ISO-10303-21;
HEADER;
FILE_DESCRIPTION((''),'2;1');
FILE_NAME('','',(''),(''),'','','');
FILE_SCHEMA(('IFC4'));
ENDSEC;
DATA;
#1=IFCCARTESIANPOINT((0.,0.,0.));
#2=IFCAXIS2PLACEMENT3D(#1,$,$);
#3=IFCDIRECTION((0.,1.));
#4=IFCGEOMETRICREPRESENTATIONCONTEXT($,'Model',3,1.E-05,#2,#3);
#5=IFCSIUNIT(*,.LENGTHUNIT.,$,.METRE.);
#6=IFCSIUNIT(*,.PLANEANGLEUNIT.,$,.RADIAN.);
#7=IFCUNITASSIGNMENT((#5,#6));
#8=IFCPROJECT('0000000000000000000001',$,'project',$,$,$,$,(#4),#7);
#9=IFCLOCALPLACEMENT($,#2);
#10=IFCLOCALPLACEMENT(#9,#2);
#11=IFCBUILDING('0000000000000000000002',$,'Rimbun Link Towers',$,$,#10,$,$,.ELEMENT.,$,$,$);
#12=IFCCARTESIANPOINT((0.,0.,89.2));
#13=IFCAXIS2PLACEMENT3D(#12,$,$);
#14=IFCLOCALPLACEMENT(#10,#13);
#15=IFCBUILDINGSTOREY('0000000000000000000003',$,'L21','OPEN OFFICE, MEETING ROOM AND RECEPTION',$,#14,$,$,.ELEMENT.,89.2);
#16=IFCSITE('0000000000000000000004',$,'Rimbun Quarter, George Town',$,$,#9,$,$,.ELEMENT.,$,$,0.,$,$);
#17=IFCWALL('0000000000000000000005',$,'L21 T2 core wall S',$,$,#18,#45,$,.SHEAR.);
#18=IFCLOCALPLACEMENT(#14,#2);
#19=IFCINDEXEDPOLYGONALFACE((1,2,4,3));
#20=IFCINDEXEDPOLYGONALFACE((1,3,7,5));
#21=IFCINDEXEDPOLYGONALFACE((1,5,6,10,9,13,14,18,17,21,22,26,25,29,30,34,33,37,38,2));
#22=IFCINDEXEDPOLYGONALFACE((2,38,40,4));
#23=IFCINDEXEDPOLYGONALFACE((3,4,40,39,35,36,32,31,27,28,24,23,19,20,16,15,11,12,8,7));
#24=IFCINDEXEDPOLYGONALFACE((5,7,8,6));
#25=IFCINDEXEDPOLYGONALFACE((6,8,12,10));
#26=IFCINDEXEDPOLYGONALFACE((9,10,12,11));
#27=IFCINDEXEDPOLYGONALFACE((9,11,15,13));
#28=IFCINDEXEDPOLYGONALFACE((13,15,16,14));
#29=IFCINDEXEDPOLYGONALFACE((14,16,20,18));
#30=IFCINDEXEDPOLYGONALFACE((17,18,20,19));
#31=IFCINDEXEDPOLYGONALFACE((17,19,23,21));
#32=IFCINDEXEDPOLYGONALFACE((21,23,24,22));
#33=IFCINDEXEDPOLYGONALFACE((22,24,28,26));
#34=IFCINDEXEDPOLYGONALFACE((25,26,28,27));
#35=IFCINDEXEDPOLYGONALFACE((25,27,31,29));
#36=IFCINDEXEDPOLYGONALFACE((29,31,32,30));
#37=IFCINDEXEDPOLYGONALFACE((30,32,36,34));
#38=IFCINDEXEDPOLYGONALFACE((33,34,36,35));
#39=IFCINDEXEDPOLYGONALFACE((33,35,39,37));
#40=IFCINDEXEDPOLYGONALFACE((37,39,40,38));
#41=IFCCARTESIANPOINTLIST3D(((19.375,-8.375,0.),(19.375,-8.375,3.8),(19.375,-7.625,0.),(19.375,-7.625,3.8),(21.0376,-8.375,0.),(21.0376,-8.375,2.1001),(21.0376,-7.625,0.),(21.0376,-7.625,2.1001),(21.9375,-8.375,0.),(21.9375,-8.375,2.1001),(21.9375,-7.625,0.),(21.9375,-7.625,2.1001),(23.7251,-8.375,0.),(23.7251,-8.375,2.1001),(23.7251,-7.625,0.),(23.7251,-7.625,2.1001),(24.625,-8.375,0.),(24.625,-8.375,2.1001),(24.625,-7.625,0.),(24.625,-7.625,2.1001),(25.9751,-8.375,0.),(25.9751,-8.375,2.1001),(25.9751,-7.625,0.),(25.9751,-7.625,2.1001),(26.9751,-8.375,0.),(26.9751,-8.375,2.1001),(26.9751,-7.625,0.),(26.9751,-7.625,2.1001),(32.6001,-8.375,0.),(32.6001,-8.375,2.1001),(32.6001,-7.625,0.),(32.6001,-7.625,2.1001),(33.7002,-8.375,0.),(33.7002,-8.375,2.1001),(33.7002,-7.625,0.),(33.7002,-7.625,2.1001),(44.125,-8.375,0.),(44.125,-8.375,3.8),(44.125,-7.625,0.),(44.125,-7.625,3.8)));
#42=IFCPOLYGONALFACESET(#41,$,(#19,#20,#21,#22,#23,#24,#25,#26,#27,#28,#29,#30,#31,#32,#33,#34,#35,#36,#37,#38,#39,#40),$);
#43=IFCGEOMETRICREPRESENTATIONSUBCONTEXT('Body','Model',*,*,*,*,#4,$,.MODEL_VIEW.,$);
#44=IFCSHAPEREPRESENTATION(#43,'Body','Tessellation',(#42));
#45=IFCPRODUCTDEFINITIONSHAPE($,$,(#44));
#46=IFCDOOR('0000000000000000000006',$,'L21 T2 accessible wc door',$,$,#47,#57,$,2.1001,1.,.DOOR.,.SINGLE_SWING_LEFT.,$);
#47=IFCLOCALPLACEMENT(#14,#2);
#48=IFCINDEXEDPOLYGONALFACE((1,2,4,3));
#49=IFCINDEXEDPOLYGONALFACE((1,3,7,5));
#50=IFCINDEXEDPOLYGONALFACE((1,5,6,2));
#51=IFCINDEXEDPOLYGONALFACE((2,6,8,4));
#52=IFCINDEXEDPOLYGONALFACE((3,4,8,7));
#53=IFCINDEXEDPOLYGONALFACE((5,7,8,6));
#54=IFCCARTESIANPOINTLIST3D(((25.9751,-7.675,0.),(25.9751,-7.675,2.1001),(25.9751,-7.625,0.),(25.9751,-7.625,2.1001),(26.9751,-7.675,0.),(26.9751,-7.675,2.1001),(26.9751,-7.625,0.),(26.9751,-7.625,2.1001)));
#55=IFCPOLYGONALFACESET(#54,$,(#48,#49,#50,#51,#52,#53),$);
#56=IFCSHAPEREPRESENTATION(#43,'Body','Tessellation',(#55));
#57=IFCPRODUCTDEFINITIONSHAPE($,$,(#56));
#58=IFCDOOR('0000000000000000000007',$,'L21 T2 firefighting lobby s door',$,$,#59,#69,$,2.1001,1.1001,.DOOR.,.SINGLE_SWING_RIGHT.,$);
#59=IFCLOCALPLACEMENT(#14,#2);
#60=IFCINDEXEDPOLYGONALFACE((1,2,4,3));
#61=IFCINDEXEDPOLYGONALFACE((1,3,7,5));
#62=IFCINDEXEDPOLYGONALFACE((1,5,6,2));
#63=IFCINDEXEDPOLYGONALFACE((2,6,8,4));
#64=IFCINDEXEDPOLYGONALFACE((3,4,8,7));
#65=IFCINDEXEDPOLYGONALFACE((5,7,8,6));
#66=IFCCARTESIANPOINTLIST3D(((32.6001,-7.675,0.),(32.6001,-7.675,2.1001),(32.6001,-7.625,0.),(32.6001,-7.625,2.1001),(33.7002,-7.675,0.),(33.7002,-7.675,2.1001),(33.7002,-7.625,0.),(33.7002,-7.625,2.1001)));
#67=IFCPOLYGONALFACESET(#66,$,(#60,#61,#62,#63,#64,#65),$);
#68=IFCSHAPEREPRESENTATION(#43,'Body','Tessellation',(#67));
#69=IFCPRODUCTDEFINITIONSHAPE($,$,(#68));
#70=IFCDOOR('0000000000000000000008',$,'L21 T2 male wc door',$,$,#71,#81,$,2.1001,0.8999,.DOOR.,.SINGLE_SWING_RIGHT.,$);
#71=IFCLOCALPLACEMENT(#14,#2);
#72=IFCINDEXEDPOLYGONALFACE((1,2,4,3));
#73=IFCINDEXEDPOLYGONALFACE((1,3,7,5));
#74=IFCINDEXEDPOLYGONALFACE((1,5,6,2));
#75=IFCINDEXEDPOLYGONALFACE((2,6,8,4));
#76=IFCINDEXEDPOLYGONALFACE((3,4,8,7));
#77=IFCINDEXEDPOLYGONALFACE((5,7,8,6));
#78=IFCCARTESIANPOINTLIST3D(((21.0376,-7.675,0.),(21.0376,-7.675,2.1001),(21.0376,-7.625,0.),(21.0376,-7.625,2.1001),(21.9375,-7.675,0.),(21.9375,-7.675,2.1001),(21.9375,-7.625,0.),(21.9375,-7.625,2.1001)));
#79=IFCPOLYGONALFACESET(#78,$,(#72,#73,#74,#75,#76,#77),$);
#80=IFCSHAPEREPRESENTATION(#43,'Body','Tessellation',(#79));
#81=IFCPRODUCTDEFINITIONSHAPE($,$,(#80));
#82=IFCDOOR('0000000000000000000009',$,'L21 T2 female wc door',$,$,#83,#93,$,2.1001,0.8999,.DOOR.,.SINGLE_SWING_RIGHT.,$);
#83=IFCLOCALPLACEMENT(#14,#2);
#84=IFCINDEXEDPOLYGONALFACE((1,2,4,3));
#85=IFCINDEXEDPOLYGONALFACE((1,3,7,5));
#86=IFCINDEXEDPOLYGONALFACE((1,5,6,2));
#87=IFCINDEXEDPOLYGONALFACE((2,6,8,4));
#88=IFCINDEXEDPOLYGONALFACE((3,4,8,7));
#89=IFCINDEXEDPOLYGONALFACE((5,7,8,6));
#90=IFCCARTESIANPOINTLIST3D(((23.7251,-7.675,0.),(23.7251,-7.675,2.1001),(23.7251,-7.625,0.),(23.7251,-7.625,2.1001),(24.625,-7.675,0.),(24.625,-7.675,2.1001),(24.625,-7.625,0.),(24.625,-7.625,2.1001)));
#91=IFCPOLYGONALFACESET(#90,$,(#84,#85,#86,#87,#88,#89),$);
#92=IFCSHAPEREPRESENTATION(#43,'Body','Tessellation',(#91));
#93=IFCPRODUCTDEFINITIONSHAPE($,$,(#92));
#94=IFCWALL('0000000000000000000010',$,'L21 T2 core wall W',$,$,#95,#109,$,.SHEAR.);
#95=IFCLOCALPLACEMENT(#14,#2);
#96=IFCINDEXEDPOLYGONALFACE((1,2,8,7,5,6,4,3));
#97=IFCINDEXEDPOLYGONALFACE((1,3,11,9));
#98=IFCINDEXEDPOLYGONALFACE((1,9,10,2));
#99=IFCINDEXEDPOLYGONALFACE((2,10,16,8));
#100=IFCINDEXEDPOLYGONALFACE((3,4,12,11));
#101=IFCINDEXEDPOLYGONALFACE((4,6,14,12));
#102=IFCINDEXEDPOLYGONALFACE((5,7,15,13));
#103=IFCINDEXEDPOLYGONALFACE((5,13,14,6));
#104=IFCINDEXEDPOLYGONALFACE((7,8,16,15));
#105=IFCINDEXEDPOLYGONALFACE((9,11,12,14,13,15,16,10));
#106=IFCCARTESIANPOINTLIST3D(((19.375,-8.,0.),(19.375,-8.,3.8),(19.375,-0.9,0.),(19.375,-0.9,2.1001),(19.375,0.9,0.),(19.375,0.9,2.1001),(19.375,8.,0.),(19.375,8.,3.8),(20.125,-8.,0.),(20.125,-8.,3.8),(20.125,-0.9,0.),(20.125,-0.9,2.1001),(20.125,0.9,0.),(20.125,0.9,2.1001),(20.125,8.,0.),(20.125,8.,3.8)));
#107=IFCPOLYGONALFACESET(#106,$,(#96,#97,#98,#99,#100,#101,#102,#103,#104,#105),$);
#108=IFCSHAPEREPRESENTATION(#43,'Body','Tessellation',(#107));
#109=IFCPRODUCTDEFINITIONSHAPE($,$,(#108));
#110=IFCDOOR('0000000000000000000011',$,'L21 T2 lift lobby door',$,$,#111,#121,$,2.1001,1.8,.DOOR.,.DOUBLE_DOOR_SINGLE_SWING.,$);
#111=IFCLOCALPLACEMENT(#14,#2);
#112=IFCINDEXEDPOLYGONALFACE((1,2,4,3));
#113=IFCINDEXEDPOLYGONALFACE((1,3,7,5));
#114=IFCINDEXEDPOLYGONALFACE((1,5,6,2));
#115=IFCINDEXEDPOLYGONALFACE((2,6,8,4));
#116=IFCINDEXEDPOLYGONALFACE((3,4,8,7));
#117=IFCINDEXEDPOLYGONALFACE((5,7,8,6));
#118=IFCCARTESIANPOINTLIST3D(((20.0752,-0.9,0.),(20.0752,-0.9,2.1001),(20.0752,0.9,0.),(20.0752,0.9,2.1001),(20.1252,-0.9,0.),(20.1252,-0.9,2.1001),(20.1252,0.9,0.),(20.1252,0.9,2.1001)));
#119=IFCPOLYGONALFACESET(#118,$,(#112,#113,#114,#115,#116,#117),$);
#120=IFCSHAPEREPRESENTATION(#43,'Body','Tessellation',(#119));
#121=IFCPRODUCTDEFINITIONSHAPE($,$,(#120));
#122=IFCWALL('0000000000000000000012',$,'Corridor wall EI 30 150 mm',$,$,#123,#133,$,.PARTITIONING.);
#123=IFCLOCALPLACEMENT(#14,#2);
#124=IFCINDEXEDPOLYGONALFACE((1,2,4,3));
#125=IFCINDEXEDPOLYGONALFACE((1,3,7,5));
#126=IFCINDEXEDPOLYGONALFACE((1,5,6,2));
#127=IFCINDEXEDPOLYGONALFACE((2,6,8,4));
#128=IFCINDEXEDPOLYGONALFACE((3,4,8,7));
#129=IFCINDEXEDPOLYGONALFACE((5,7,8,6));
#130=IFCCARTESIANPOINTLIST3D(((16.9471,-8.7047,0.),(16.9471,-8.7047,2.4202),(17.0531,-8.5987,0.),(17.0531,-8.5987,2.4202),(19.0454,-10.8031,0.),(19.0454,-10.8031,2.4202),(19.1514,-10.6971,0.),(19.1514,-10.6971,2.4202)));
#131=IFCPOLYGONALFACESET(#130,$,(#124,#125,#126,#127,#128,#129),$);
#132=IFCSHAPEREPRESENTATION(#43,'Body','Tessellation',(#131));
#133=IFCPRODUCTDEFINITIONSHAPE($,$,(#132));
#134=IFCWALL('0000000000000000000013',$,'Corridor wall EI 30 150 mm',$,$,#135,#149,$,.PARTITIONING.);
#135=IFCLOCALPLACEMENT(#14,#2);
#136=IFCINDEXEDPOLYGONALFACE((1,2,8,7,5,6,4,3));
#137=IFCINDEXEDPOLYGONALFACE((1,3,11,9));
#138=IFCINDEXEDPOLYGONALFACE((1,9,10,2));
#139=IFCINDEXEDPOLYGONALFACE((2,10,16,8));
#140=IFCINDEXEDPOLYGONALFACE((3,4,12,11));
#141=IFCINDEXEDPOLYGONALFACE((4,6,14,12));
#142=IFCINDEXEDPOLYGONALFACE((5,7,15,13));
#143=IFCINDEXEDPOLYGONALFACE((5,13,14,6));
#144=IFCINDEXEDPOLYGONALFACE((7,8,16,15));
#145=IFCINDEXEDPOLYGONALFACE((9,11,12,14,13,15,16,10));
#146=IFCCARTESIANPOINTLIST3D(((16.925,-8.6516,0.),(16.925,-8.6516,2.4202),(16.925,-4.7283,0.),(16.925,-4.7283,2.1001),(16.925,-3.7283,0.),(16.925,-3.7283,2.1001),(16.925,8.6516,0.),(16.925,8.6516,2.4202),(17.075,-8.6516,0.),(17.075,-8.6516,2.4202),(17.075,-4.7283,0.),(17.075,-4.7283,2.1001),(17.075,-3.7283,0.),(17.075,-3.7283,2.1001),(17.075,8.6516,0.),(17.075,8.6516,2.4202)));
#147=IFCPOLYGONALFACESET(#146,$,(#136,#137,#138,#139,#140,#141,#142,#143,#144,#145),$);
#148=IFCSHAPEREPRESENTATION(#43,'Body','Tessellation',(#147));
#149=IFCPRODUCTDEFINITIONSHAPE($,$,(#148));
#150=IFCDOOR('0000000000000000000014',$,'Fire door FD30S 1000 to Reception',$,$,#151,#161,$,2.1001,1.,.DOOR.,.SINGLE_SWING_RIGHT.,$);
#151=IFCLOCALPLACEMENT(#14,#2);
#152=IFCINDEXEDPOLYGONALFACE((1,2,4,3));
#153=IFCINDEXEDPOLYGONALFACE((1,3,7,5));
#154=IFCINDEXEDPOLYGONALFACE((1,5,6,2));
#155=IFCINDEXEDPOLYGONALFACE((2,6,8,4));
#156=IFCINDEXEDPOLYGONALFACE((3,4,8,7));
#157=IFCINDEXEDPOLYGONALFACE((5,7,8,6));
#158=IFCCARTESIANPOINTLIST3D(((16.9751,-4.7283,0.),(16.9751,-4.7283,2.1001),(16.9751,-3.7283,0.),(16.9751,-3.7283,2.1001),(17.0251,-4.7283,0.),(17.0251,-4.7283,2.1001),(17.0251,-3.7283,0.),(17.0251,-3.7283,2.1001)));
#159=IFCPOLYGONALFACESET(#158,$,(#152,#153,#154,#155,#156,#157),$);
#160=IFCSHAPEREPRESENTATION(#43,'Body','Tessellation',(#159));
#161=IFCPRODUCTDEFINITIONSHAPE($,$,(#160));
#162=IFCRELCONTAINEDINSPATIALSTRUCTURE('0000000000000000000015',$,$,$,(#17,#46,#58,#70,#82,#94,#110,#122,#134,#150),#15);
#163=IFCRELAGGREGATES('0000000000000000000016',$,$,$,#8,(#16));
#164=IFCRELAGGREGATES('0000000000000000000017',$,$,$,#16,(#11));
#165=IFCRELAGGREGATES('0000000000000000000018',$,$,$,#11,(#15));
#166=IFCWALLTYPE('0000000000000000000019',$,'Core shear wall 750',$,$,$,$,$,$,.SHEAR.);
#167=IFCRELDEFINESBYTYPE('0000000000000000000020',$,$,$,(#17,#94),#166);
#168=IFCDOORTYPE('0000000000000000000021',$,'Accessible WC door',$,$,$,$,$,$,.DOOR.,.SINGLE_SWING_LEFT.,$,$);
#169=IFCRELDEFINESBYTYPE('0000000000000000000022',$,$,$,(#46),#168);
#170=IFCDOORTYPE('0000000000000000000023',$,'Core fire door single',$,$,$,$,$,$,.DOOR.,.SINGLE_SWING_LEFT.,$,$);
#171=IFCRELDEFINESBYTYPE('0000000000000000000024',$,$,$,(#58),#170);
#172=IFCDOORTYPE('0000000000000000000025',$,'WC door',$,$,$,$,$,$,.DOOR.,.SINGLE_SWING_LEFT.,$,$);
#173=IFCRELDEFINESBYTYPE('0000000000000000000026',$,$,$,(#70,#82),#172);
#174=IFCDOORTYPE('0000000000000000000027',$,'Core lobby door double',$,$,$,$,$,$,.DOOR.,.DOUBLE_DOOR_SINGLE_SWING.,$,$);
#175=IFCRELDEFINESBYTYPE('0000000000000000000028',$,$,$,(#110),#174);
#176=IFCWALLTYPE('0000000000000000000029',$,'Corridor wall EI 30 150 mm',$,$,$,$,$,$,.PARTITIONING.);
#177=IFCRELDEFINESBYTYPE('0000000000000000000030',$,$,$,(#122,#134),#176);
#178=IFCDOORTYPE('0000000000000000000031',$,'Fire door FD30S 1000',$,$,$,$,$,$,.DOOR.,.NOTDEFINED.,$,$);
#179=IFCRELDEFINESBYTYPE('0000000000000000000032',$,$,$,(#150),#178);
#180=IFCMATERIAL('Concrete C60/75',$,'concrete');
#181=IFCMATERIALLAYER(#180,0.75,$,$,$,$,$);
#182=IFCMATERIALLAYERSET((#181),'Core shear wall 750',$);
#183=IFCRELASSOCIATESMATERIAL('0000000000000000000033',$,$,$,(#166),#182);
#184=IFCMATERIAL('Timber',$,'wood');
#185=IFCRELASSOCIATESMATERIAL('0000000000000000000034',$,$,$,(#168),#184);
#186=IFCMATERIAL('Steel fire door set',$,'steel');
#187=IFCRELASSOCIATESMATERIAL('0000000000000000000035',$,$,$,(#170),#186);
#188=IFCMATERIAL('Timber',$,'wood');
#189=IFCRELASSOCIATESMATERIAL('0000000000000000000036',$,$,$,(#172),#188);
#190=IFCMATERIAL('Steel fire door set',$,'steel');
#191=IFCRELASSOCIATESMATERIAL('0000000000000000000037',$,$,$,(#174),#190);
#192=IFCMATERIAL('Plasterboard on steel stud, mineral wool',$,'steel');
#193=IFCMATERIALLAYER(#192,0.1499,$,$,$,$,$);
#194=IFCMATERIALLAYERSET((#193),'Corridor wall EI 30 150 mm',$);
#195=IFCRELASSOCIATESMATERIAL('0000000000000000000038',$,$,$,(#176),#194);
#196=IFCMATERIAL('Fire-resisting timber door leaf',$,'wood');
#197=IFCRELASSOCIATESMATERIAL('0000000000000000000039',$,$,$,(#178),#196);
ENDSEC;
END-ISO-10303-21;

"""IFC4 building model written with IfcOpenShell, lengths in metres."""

from ifc_helpers import new_model, si_unit, direction, frame, frame_2d, origin, place, context, subcontext, project, spatial, rectangle, extrude, material, layer, layer_set, type_object, element, fill, save


model = new_model("IFC4")

# Units and contexts
model_context = context("Model", 3, precision=1e-05, world=origin(), true_north=direction((0.0, 1.0)))
body_context = subcontext(model_context, "Body", "Model", "MODEL_VIEW")
ifc_project = project(units=[si_unit("LENGTHUNIT", "METRE"), si_unit("PLANEANGLEUNIT", "RADIAN")], contexts=[model_context])

# Site, building, storey
site_placement = place(None, origin())
site = spatial("IfcSite", under=ifc_project, at=site_placement, Name="Rimbun Quarter, George Town", CompositionType="ELEMENT", RefElevation=0.0)
building_placement = place(site_placement, origin())
building = spatial("IfcBuilding", under=site, at=building_placement, Name="Rimbun Link Towers", CompositionType="ELEMENT")
storey_placement = place(building_placement, frame((0.0, 0.0, 89.2)))
storey = spatial("IfcBuildingStorey", under=building, at=storey_placement, Name="L21", Description="OPEN OFFICE, MEETING ROOM AND RECEPTION", CompositionType="ELEMENT", Elevation=89.2)

# Wall, openings, doors
ifc_material_1 = material(Name="Concrete C60/75", Category="concrete")
ifc_layer_1 = layer(ifc_material_1, 0.75)
ifc_layer_set_1 = layer_set([ifc_layer_1], Name="Core shear wall 750")
wall_type_1 = type_object("IfcWallType", Name="Core shear wall 750", PredefinedType="SHEAR", material=ifc_layer_set_1)
wall_1_placement = place(storey_placement, frame((19.375, -8.0, 0.0), z_axis=(0.0, 0.0, 1.0), x_axis=(1.0, 0.0, 0.0)))
wall_1 = element("IfcWall", 1, at=wall_1_placement, inside=storey, type_object=wall_type_1, Name="L21 T2 core wall S", PredefinedType="SHEAR", context=body_context, shape_type="SweptSolid", body=[
    extrude(rectangle(XDim=24.75, YDim=0.75, at=frame_2d((12.375, 0.0))), origin(), (0.0, 0.0, 1.0), 3.8),
])
opening_1_placement = place(wall_1_placement, frame((13.2251, 0.0, 0.0)))
opening_1 = element("IfcOpeningElement", 2, at=opening_1_placement, cuts=wall_1, PredefinedType="OPENING", context=body_context, shape_type="SweptSolid", body=[
    extrude(rectangle(XDim=1.1001, YDim=2.1001, at=frame_2d((0.55, 1.05))), frame((0.0, 0.385, 0.0), z_axis=(0.0, -1.0, 0.0), x_axis=(1.0, 0.0, 0.0)), (0.0, 0.0, 1.0), 0.77),
])
opening_2_placement = place(wall_1_placement, frame((1.6626, 0.0, 0.0)))
opening_2 = element("IfcOpeningElement", 3, at=opening_2_placement, cuts=wall_1, PredefinedType="OPENING", context=body_context, shape_type="SweptSolid", body=[
    extrude(rectangle(XDim=0.8999, YDim=2.1001, at=frame_2d((0.45, 1.05))), frame((0.0, 0.385, 0.0), z_axis=(0.0, -1.0, 0.0), x_axis=(1.0, 0.0, 0.0)), (0.0, 0.0, 1.0), 0.77),
])
opening_3_placement = place(wall_1_placement, frame((4.3501, 0.0, 0.0)))
opening_3 = element("IfcOpeningElement", 4, at=opening_3_placement, cuts=wall_1, PredefinedType="OPENING", context=body_context, shape_type="SweptSolid", body=[
    extrude(rectangle(XDim=0.8999, YDim=2.1001, at=frame_2d((0.45, 1.05))), frame((0.0, 0.385, 0.0), z_axis=(0.0, -1.0, 0.0), x_axis=(1.0, 0.0, 0.0)), (0.0, 0.0, 1.0), 0.77),
])
opening_4_placement = place(wall_1_placement, frame((6.6001, 0.0, 0.0)))
opening_4 = element("IfcOpeningElement", 5, at=opening_4_placement, cuts=wall_1, PredefinedType="OPENING", context=body_context, shape_type="SweptSolid", body=[
    extrude(rectangle(XDim=1.0, YDim=2.1001, at=frame_2d((0.5, 1.05))), frame((0.0, 0.385, 0.0), z_axis=(0.0, -1.0, 0.0), x_axis=(1.0, 0.0, 0.0)), (0.0, 0.0, 1.0), 0.77),
])
ifc_material_2 = material(Name="Timber", Category="wood")
door_type_1 = type_object("IfcDoorType", Name="Accessible WC door", OperationType="SINGLE_SWING_LEFT", PredefinedType="DOOR", material=ifc_material_2)
door_1_placement = place(opening_4_placement, origin())
door_1 = element("IfcDoor", 6, at=door_1_placement, inside=storey, type_object=door_type_1, Name="L21 T2 accessible wc door", OperationType="SINGLE_SWING_LEFT", OverallHeight=2.1001, OverallWidth=1.0, PredefinedType="DOOR", context=body_context, shape_type="SweptSolid", body=[
    extrude(rectangle(XDim=1.0, YDim=2.1001, at=frame_2d((0.5, 1.05))), frame((0.0, 0.375, 0.0), z_axis=(0.0, -1.0, 0.0), x_axis=(1.0, 0.0, 0.0)), (0.0, 0.0, 1.0), 0.05),
])
fill(opening_4, door_1)
ifc_material_3 = material(Name="Steel fire door set", Category="steel")
door_type_2 = type_object("IfcDoorType", Name="Core fire door single", OperationType="SINGLE_SWING_LEFT", PredefinedType="DOOR", material=ifc_material_3)
door_2_placement = place(opening_1_placement, origin())
door_2 = element("IfcDoor", 7, at=door_2_placement, inside=storey, type_object=door_type_2, Name="L21 T2 firefighting lobby s door", OperationType="SINGLE_SWING_RIGHT", OverallHeight=2.1001, OverallWidth=1.1001, PredefinedType="DOOR", context=body_context, shape_type="SweptSolid", body=[
    extrude(rectangle(XDim=1.1001, YDim=2.1001, at=frame_2d((0.55, 1.05))), frame((0.0, 0.375, 0.0), z_axis=(0.0, -1.0, 0.0), x_axis=(1.0, 0.0, 0.0)), (0.0, 0.0, 1.0), 0.05),
])
fill(opening_1, door_2)
ifc_material_4 = material(Name="Timber", Category="wood")
door_type_3 = type_object("IfcDoorType", Name="WC door", OperationType="SINGLE_SWING_LEFT", PredefinedType="DOOR", material=ifc_material_4)
door_3_placement = place(opening_2_placement, origin())
door_3 = element("IfcDoor", 8, at=door_3_placement, inside=storey, type_object=door_type_3, Name="L21 T2 male wc door", OperationType="SINGLE_SWING_RIGHT", OverallHeight=2.1001, OverallWidth=0.8999, PredefinedType="DOOR", context=body_context, shape_type="SweptSolid", body=[
    extrude(rectangle(XDim=0.8999, YDim=2.1001, at=frame_2d((0.45, 1.05))), frame((0.0, 0.375, 0.0), z_axis=(0.0, -1.0, 0.0), x_axis=(1.0, 0.0, 0.0)), (0.0, 0.0, 1.0), 0.05),
])
fill(opening_2, door_3)
door_4_placement = place(opening_3_placement, origin())
door_4 = element("IfcDoor", 9, at=door_4_placement, inside=storey, type_object=door_type_3, Name="L21 T2 female wc door", OperationType="SINGLE_SWING_RIGHT", OverallHeight=2.1001, OverallWidth=0.8999, PredefinedType="DOOR", context=body_context, shape_type="SweptSolid", body=[
    extrude(rectangle(XDim=0.8999, YDim=2.1001, at=frame_2d((0.45, 1.05))), frame((0.0, 0.375, 0.0), z_axis=(0.0, -1.0, 0.0), x_axis=(1.0, 0.0, 0.0)), (0.0, 0.0, 1.0), 0.05),
])
fill(opening_3, door_4)

# Wall, opening, door
wall_2_placement = place(storey_placement, frame((19.75, -8.0, 0.0), z_axis=(0.0, 0.0, 1.0), x_axis=(0.0, 1.0, 0.0)))
wall_2 = element("IfcWall", 10, at=wall_2_placement, inside=storey, type_object=wall_type_1, Name="L21 T2 core wall W", PredefinedType="SHEAR", context=body_context, shape_type="SweptSolid", body=[
    extrude(rectangle(XDim=16.0, YDim=0.75, at=frame_2d((8.0, 0.0))), origin(), (0.0, 0.0, 1.0), 3.8),
])
opening_5_placement = place(wall_2_placement, frame((7.1001, 0.0, 0.0)))
opening_5 = element("IfcOpeningElement", 11, at=opening_5_placement, cuts=wall_2, PredefinedType="OPENING", context=body_context, shape_type="SweptSolid", body=[
    extrude(rectangle(XDim=1.8, YDim=2.1001, at=frame_2d((0.8999, 1.05))), frame((0.0, 0.385, 0.0), z_axis=(0.0, -1.0, 0.0), x_axis=(1.0, 0.0, 0.0)), (0.0, 0.0, 1.0), 0.77),
])
ifc_material_5 = material(Name="Steel fire door set", Category="steel")
door_type_4 = type_object("IfcDoorType", Name="Core lobby door double", OperationType="DOUBLE_DOOR_SINGLE_SWING", PredefinedType="DOOR", material=ifc_material_5)
door_5_placement = place(opening_5_placement, origin())
door_5 = element("IfcDoor", 12, at=door_5_placement, inside=storey, type_object=door_type_4, Name="L21 T2 lift lobby door", OperationType="DOUBLE_DOOR_SINGLE_SWING", OverallHeight=2.1001, OverallWidth=1.8, PredefinedType="DOOR", context=body_context, shape_type="SweptSolid", body=[
    extrude(rectangle(XDim=1.8, YDim=2.1001, at=frame_2d((0.8999, 1.05))), frame((0.0, -0.3252, 0.0), z_axis=(0.0, -1.0, 0.0), x_axis=(1.0, 0.0, 0.0)), (0.0, 0.0, 1.0), 0.05),
])
fill(opening_5, door_5)

# Wall
ifc_material_6 = material(Name="Plasterboard on steel stud, mineral wool", Category="steel")
ifc_layer_2 = layer(ifc_material_6, 0.1499)
ifc_layer_set_2 = layer_set([ifc_layer_2], Name="Corridor wall EI 30 150 mm")
wall_type_2 = type_object("IfcWallType", Name="Corridor wall EI 30 150 mm", PredefinedType="PARTITIONING", material=ifc_layer_set_2)
wall_3_placement = place(storey_placement, frame((17.0, -8.6516, 0.0), z_axis=(0.0, 0.0, 1.0), x_axis=(0.707107, -0.707107, 0.0)))
element("IfcWall", 13, at=wall_3_placement, inside=storey, type_object=wall_type_2, Name="Corridor wall EI 30 150 mm", PredefinedType="PARTITIONING", context=body_context, shape_type="SweptSolid", body=[
    extrude(rectangle(XDim=2.9675, YDim=0.1499, at=frame_2d((1.4839, 0.0))), origin(), (0.0, 0.0, 1.0), 2.4202),
])

# Wall, opening, door
wall_4_placement = place(storey_placement, frame((17.0, -8.6516, 0.0), z_axis=(0.0, 0.0, 1.0), x_axis=(0.0, 1.0, 0.0)))
wall_4 = element("IfcWall", 14, at=wall_4_placement, inside=storey, type_object=wall_type_2, Name="Corridor wall EI 30 150 mm", PredefinedType="PARTITIONING", context=body_context, shape_type="SweptSolid", body=[
    extrude(rectangle(XDim=17.3032, YDim=0.1499, at=frame_2d((8.6516, 0.0))), origin(), (0.0, 0.0, 1.0), 2.4202),
])
opening_6_placement = place(wall_4_placement, frame((3.9233, 0.0, 0.0)))
opening_6 = element("IfcOpeningElement", 15, at=opening_6_placement, cuts=wall_4, PredefinedType="OPENING", context=body_context, shape_type="SweptSolid", body=[
    extrude(rectangle(XDim=1.0, YDim=2.1001, at=frame_2d((0.5, 1.05))), frame((0.0, 0.085, 0.0), z_axis=(0.0, -1.0, 0.0), x_axis=(1.0, 0.0, 0.0)), (0.0, 0.0, 1.0), 0.1699),
])
ifc_material_7 = material(Name="Fire-resisting timber door leaf", Category="wood")
door_type_5 = type_object("IfcDoorType", Name="Fire door FD30S 1000", OperationType="NOTDEFINED", PredefinedType="DOOR", material=ifc_material_7)
door_6_placement = place(opening_6_placement, origin())
door_6 = element("IfcDoor", 16, at=door_6_placement, inside=storey, type_object=door_type_5, Name="Fire door FD30S 1000 to Reception", OperationType="SINGLE_SWING_RIGHT", OverallHeight=2.1001, OverallWidth=1.0, PredefinedType="DOOR", context=body_context, shape_type="SweptSolid", body=[
    extrude(rectangle(XDim=1.0, YDim=2.1001, at=frame_2d((0.5, 1.05))), frame((0.0, 0.0249, 0.0), z_axis=(0.0, -1.0, 0.0), x_axis=(1.0, 0.0, 0.0)), (0.0, 0.0, 1.0), 0.05),
])
fill(opening_6, door_6)

save(model, "model.ifc")
